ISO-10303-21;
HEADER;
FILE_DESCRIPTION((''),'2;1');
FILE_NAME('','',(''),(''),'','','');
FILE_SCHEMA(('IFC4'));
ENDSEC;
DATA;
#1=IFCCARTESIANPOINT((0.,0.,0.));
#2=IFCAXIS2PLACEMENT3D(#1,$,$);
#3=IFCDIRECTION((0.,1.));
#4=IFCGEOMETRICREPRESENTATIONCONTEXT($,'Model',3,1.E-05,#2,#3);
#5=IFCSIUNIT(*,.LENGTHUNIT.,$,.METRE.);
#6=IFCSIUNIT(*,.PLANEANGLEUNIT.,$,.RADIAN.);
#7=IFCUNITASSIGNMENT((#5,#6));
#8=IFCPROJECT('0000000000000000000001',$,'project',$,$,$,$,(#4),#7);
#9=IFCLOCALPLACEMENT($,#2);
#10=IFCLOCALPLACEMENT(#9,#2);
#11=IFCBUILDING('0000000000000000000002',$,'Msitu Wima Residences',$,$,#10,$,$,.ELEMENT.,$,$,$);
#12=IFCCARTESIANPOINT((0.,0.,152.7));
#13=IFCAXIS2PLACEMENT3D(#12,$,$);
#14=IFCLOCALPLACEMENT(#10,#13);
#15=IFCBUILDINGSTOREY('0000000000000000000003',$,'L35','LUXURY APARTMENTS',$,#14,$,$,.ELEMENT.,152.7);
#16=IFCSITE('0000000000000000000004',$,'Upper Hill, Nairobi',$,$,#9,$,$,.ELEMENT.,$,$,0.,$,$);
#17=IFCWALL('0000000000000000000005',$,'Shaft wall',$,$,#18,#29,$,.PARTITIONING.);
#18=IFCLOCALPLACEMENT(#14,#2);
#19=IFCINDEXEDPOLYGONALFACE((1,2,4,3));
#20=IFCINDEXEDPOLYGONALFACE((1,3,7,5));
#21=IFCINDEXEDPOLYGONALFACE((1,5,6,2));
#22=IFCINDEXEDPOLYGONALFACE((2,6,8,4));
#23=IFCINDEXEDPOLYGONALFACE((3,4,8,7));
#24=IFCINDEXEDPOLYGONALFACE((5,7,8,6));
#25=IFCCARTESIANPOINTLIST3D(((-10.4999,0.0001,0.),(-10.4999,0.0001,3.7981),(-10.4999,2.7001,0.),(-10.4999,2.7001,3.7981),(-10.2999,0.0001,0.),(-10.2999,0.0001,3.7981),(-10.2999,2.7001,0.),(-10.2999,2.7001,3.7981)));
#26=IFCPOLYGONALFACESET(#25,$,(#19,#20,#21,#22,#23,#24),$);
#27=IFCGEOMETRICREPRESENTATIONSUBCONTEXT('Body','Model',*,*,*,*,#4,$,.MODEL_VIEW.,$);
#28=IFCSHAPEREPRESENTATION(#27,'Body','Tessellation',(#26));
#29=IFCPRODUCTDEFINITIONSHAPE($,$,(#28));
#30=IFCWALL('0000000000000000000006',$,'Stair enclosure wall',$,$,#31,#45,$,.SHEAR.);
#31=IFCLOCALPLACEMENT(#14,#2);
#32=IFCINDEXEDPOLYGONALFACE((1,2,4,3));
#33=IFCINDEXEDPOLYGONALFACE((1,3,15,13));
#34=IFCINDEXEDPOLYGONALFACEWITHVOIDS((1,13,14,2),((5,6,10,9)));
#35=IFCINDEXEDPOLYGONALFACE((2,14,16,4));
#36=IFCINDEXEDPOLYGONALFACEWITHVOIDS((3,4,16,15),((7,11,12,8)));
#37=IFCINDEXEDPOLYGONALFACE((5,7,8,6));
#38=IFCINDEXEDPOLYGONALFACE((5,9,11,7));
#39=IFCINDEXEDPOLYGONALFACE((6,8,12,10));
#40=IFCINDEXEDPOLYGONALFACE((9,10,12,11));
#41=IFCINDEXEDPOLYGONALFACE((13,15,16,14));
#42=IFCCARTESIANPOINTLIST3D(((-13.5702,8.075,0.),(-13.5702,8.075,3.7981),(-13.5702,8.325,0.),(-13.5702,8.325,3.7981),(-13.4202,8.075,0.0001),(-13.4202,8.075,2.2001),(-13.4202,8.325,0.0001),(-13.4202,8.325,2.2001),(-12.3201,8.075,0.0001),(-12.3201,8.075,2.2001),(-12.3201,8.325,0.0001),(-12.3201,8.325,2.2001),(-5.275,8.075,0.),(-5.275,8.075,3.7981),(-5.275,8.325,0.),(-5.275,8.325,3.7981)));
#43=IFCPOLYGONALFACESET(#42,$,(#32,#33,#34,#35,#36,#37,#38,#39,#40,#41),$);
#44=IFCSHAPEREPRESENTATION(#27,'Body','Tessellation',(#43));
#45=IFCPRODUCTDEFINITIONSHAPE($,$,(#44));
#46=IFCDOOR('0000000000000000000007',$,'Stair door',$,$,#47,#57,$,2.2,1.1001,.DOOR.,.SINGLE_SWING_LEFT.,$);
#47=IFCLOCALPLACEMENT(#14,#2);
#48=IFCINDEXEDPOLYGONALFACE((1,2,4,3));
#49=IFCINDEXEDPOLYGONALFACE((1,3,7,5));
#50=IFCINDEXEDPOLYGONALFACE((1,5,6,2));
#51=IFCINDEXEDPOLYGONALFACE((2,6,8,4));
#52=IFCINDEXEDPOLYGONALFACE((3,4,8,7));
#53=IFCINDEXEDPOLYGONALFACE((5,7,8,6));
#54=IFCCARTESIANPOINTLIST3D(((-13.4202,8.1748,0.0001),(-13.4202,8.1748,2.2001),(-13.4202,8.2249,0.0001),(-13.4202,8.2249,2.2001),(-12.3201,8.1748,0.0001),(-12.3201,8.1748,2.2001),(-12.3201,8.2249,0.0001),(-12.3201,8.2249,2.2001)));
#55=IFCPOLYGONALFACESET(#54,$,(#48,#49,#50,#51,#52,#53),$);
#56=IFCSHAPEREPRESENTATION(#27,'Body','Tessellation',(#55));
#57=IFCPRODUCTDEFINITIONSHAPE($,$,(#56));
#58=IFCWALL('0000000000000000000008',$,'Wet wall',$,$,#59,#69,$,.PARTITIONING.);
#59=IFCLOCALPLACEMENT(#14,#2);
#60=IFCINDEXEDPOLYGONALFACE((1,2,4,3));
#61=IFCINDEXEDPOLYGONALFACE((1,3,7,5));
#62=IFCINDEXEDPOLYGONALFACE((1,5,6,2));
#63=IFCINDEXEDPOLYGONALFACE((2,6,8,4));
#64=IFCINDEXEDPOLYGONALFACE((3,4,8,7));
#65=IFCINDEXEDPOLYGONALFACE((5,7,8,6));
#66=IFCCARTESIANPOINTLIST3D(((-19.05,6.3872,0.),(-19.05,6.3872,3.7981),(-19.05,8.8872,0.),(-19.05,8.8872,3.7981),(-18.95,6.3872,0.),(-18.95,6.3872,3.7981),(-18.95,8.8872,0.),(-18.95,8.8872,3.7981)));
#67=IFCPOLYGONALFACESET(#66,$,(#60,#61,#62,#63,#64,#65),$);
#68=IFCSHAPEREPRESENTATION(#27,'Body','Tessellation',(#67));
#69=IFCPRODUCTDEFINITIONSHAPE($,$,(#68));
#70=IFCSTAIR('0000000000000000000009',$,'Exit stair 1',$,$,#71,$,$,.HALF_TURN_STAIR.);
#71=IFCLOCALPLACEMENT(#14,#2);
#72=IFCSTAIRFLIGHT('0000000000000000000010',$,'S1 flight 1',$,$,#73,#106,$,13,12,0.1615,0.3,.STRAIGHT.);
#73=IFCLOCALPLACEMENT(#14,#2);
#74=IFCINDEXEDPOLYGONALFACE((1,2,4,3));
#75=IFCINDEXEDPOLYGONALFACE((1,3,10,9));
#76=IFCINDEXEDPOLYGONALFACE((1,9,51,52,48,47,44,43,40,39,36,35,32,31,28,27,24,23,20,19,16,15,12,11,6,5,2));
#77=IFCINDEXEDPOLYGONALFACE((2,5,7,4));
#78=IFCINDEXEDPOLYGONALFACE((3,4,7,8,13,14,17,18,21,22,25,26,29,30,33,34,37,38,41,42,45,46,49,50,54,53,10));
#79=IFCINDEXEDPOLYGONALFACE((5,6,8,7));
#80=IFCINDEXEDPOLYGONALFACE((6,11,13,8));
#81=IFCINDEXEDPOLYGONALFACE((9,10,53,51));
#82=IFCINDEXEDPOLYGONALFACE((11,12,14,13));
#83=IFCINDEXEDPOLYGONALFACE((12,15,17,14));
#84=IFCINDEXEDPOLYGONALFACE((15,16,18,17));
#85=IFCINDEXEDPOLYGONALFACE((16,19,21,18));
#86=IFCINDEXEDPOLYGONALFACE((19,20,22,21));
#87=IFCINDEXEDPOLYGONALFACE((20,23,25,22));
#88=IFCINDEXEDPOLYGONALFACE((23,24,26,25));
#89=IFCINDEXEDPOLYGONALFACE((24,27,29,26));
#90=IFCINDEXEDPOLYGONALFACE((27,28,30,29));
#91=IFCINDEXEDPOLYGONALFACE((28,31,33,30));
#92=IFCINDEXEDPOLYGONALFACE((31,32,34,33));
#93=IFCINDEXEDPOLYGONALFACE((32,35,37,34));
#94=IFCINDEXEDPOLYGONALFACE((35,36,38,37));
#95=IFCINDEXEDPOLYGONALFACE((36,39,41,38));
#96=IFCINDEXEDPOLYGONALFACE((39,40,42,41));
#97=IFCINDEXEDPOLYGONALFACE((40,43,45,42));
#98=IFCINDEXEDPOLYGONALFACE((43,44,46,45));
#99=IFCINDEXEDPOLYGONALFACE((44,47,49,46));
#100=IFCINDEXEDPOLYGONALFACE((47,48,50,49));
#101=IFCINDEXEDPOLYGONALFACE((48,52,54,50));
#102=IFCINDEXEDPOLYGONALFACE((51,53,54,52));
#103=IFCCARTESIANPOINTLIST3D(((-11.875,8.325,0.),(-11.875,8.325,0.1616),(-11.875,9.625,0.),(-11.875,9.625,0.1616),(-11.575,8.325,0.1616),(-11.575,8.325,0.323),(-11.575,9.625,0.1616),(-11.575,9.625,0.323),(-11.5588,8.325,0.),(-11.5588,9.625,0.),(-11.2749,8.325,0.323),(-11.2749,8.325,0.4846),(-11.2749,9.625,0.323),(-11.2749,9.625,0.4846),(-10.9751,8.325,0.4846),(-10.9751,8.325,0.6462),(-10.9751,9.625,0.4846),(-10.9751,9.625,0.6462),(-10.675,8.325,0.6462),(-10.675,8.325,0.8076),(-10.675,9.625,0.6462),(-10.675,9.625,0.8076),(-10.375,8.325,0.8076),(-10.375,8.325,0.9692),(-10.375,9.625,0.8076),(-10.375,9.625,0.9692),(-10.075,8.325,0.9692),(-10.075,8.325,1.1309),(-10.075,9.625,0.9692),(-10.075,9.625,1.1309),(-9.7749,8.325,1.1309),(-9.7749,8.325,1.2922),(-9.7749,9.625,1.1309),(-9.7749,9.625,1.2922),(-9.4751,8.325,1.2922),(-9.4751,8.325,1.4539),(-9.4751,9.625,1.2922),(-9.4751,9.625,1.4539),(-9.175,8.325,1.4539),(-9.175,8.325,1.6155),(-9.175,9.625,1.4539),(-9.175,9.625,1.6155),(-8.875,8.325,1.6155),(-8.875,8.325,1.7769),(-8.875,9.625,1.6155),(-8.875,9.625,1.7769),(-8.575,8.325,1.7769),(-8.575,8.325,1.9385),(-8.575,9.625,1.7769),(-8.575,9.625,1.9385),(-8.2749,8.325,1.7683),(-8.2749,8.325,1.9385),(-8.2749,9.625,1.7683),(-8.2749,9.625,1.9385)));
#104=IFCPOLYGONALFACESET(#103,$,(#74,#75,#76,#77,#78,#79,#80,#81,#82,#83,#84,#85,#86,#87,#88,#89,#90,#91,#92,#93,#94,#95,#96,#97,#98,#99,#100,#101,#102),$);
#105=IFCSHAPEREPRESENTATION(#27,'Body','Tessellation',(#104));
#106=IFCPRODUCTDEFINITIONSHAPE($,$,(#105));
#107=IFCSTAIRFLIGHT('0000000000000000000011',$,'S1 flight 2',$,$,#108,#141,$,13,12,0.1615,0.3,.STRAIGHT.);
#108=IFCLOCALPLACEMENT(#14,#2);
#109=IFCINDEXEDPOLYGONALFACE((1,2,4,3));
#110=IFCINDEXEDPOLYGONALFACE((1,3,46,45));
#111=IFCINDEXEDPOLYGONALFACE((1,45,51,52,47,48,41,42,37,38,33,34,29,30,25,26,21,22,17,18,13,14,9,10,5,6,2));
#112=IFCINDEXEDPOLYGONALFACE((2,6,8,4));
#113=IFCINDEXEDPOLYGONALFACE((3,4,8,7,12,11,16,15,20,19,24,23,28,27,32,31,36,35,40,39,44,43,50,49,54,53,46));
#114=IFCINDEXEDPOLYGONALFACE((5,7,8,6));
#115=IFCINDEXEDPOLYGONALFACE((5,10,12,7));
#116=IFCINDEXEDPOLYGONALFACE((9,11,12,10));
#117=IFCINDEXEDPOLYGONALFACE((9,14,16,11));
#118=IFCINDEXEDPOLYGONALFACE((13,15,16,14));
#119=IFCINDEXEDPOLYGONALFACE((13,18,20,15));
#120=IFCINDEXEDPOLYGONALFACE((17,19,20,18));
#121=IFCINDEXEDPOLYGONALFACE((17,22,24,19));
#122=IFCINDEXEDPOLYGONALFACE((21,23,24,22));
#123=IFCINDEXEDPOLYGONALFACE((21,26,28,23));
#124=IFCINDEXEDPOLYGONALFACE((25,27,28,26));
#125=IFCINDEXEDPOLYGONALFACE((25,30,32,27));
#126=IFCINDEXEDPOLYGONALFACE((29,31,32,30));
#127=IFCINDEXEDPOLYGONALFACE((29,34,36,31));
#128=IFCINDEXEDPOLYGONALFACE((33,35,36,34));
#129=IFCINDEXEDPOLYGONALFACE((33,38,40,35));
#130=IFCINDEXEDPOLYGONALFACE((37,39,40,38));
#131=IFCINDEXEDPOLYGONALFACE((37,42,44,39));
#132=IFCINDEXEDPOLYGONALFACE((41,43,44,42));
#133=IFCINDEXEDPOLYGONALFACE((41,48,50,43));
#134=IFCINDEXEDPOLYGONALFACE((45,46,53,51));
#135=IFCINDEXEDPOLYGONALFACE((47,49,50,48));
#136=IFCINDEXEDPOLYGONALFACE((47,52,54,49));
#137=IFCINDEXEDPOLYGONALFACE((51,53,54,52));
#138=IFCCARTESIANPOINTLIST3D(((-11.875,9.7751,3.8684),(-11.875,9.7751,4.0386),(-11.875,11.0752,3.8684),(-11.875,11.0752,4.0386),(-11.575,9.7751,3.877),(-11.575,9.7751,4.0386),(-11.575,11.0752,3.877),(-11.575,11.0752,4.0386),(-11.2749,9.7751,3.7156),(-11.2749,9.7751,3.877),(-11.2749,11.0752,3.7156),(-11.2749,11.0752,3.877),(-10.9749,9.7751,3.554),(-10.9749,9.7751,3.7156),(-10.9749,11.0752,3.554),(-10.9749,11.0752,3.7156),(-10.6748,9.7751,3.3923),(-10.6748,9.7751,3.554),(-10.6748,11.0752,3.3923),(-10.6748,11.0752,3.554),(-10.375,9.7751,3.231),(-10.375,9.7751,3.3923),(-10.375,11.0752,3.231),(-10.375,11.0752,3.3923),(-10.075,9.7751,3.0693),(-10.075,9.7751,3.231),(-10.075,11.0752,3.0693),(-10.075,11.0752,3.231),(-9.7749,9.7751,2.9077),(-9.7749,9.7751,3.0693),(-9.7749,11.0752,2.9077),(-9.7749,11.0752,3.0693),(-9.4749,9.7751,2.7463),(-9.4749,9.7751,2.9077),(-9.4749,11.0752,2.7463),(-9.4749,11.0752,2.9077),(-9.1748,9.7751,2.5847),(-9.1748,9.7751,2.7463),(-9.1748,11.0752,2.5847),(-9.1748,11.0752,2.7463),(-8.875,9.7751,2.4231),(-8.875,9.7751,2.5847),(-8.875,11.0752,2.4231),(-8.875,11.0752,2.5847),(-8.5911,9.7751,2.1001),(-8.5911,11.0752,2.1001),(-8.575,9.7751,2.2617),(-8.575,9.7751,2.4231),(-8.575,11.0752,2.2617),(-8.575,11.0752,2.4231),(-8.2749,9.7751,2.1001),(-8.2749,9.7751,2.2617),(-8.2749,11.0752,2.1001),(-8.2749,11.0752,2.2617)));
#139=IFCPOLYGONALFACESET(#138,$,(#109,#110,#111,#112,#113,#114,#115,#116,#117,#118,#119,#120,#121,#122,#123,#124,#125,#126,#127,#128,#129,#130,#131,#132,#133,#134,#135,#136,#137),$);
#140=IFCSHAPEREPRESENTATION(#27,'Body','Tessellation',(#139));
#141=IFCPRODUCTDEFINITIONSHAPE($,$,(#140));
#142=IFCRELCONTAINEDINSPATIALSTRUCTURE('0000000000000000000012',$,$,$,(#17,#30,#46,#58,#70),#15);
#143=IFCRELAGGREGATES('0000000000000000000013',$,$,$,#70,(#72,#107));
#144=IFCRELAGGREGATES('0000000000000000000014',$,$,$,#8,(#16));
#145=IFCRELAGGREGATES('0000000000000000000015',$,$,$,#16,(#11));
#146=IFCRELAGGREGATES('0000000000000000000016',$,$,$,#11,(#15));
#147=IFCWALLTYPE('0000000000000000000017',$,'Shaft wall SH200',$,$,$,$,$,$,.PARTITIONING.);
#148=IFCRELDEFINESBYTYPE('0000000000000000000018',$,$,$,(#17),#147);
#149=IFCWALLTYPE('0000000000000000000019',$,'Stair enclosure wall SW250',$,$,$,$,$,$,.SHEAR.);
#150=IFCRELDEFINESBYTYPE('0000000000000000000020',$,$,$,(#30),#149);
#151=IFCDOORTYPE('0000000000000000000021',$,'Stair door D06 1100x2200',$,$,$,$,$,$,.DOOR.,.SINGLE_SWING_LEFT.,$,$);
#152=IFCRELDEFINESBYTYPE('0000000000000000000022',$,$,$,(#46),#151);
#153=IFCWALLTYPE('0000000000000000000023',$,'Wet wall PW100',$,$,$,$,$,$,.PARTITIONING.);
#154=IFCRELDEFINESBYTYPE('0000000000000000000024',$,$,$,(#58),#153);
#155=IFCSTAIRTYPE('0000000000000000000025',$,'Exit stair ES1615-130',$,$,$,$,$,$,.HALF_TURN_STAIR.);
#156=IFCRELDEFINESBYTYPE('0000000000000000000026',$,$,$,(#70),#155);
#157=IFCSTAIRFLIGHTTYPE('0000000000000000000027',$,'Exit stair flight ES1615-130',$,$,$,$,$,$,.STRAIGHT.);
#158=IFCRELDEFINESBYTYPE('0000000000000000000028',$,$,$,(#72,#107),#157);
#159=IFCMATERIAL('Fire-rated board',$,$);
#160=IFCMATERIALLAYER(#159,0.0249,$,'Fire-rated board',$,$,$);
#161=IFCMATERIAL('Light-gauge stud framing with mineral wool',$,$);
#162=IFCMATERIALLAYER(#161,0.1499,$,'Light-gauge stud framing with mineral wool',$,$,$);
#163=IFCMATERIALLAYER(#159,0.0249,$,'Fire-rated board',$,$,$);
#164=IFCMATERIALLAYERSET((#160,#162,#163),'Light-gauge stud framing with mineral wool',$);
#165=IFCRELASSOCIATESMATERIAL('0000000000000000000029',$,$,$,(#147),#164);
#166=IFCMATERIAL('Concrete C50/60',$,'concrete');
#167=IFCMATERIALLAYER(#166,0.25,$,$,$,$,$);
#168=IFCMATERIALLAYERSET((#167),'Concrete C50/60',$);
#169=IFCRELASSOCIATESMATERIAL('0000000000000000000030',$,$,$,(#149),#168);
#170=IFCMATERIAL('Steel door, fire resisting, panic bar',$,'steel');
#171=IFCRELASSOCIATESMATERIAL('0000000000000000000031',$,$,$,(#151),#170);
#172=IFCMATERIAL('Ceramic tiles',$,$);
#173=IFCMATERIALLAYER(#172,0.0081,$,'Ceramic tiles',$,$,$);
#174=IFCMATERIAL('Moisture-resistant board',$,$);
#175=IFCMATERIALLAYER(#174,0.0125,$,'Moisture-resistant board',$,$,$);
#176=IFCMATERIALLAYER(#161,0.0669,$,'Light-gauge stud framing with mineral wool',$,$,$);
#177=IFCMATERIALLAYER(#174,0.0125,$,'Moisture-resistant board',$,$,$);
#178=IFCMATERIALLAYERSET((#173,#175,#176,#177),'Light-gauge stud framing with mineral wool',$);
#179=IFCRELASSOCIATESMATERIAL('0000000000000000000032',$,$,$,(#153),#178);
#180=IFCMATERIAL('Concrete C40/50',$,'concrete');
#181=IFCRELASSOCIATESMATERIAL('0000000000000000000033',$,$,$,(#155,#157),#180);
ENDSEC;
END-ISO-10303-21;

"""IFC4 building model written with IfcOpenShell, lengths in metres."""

from ifc_helpers import new_model, si_unit, direction, frame, frame_2d, origin, place, context, subcontext, project, spatial, polyline, rectangle, outline, extrude, material, layer, layer_set, type_object, element, fill, aggregate, save


model = new_model("IFC4")

# Units and contexts
model_context = context("Model", 3, precision=1e-05, world=origin(), true_north=direction((0.0, 1.0)))
body_context = subcontext(model_context, "Body", "Model", "MODEL_VIEW")
ifc_project = project(units=[si_unit("LENGTHUNIT", "METRE"), si_unit("PLANEANGLEUNIT", "RADIAN")], contexts=[model_context])

# Site, building, storey
site_placement = place(None, origin())
site = spatial("IfcSite", under=ifc_project, at=site_placement, Name="Upper Hill, Nairobi", CompositionType="ELEMENT", RefElevation=0.0)
building_placement = place(site_placement, origin())
building = spatial("IfcBuilding", under=site, at=building_placement, Name="Msitu Wima Residences", CompositionType="ELEMENT")
storey_placement = place(building_placement, frame((0.0, 0.0, 152.7)))
storey = spatial("IfcBuildingStorey", under=building, at=storey_placement, Name="L35", Description="LUXURY APARTMENTS", CompositionType="ELEMENT", Elevation=152.7)

# Shared definitions
ifc_material_1 = material(Name="Fire-rated board")
ifc_layer_1 = layer(ifc_material_1, 0.0249, Name="Fire-rated board")
ifc_material_2 = material(Name="Light-gauge stud framing with mineral wool")
ifc_layer_2 = layer(ifc_material_2, 0.1499, Name="Light-gauge stud framing with mineral wool")
ifc_layer_3 = layer(ifc_material_1, 0.0249, Name="Fire-rated board")
ifc_layer_set_1 = layer_set([ifc_layer_1, ifc_layer_2, ifc_layer_3], Name="Light-gauge stud framing with mineral wool")
wall_type_1 = type_object("IfcWallType", Name="Shaft wall SH200", PredefinedType="PARTITIONING", material=ifc_layer_set_1)

# Wall
wall_1_placement = place(storey_placement, frame((-10.3999, 0.0, 0.0), z_axis=(0.0, 0.0, 1.0), x_axis=(0.0, 1.0, 0.0)))
element("IfcWall", 1, at=wall_1_placement, inside=storey, type_object=wall_type_1, Name="Shaft wall", PredefinedType="PARTITIONING", context=body_context, shape_type="SweptSolid", body=[
    extrude(rectangle(XDim=2.7, YDim=0.2, at=frame_2d((1.3501, 0.0))), origin(), (0.0, 0.0, 1.0), 3.7981),
])

# Wall, opening, door
ifc_material_3 = material(Name="Concrete C50/60", Category="concrete")
ifc_layer_4 = layer(ifc_material_3, 0.25)
ifc_layer_set_2 = layer_set([ifc_layer_4], Name="Concrete C50/60")
wall_type_2 = type_object("IfcWallType", Name="Stair enclosure wall SW250", PredefinedType="SHEAR", material=ifc_layer_set_2)
wall_2_placement = place(storey_placement, frame((-13.5701, 8.2, 0.0), z_axis=(0.0, 0.0, 1.0), x_axis=(1.0, 0.0, 0.0)))
wall_2 = element("IfcWall", 2, at=wall_2_placement, inside=storey, type_object=wall_type_2, Name="Stair enclosure wall", PredefinedType="SHEAR", context=body_context, shape_type="SweptSolid", body=[
    extrude(rectangle(XDim=8.2952, YDim=0.25, at=frame_2d((4.1475, 0.0))), origin(), (0.0, 0.0, 1.0), 3.7981),
])
opening_1_placement = place(wall_2_placement, frame((0.1499, 0.0, 0.0)))
opening_1 = element("IfcOpeningElement", 3, at=opening_1_placement, cuts=wall_2, PredefinedType="OPENING", context=body_context, shape_type="SweptSolid", body=[
    extrude(rectangle(XDim=1.1001, YDim=2.2, at=frame_2d((0.55, 1.1001))), frame((0.0, 0.135, 0.0), z_axis=(0.0, -1.0, 0.0), x_axis=(1.0, 0.0, 0.0)), (0.0, 0.0, 1.0), 0.27),
])
ifc_material_4 = material(Name="Steel door, fire resisting, panic bar", Category="steel")
door_type_1 = type_object("IfcDoorType", Name="Stair door D06 1100x2200", OperationType="SINGLE_SWING_LEFT", PredefinedType="DOOR", material=ifc_material_4)
door_1_placement = place(opening_1_placement, origin())
door_1 = element("IfcDoor", 4, at=door_1_placement, inside=storey, type_object=door_type_1, Name="Stair door", OperationType="SINGLE_SWING_LEFT", OverallHeight=2.2, OverallWidth=1.1001, PredefinedType="DOOR", context=body_context, shape_type="SweptSolid", body=[
    extrude(rectangle(XDim=1.1001, YDim=2.2, at=frame_2d((0.55, 1.1001))), frame((0.0, 0.0249, 0.0), z_axis=(0.0, -1.0, 0.0), x_axis=(1.0, 0.0, 0.0)), (0.0, 0.0, 1.0), 0.05),
])
fill(opening_1, door_1)

# Wall
ifc_material_5 = material(Name="Ceramic tiles")
ifc_layer_5 = layer(ifc_material_5, 0.0081, Name="Ceramic tiles")
ifc_material_6 = material(Name="Moisture-resistant board")
ifc_layer_6 = layer(ifc_material_6, 0.0125, Name="Moisture-resistant board")
ifc_layer_7 = layer(ifc_material_2, 0.0669, Name="Light-gauge stud framing with mineral wool")
ifc_layer_8 = layer(ifc_material_6, 0.0125, Name="Moisture-resistant board")
ifc_layer_set_3 = layer_set([ifc_layer_5, ifc_layer_6, ifc_layer_7, ifc_layer_8], Name="Light-gauge stud framing with mineral wool")
wall_type_3 = type_object("IfcWallType", Name="Wet wall PW100", PredefinedType="PARTITIONING", material=ifc_layer_set_3)
wall_3_placement = place(storey_placement, frame((-19.0, 6.3872, 0.0), z_axis=(0.0, 0.0, 1.0), x_axis=(0.0, 1.0, 0.0)))
element("IfcWall", 5, at=wall_3_placement, inside=storey, type_object=wall_type_3, Name="Wet wall", PredefinedType="PARTITIONING", context=body_context, shape_type="SweptSolid", body=[
    extrude(rectangle(XDim=2.5, YDim=0.1001, at=frame_2d((1.25, 0.0))), origin(), (0.0, 0.0, 1.0), 3.7981),
])

# Stair, stair flights
ifc_material_7 = material(Name="Concrete C40/50", Category="concrete")
stair_type = type_object("IfcStairType", Name="Exit stair ES1615-130", PredefinedType="HALF_TURN_STAIR", material=ifc_material_7)
stair_placement = place(storey_placement, origin())
stair = element("IfcStair", 6, at=stair_placement, inside=storey, type_object=stair_type, Name="Exit stair 1", PredefinedType="HALF_TURN_STAIR")
stair_flight_type = type_object("IfcStairFlightType", Name="Exit stair flight ES1615-130", PredefinedType="STRAIGHT", material=ifc_material_7)
stair_flight_1_placement = place(storey_placement, frame((-11.875, 8.9751, 0.0), z_axis=(0.0, 0.0, 1.0), x_axis=(1.0, 0.0, 0.0)))
stair_flight_1 = element("IfcStairFlight", 7, at=stair_flight_1_placement, type_object=stair_flight_type, Name="S1 flight 1", NumberOfRisers=13, NumberOfTreads=12, PredefinedType="STRAIGHT", RiserHeight=0.1615, TreadLength=0.3, context=body_context, shape_type="SweptSolid", body=[
    extrude(outline(polyline([(0.0, 0.0), (0.0, 0.1616), (0.3, 0.1616), (0.3, 0.323), (0.6001, 0.323), (0.6001, 0.4846), (0.8999, 0.4846), (0.8999, 0.6462), (1.2, 0.6462), (1.2, 0.8076), (1.5, 0.8076), (1.5, 0.9692), (1.8, 0.9692), (1.8, 1.1309), (2.1001, 1.1309), (2.1001, 1.2922), (2.3999, 1.2922), (2.3999, 1.4539), (2.7, 1.4539), (2.7, 1.6155), (3.0, 1.6155), (3.0, 1.7769), (3.3, 1.7769), (3.3, 1.9385), (3.6001, 1.9385), (3.6001, 2.1001), (3.6001, 1.7683), (0.3162, 0.0), (0.0, 0.0)])), frame((0.0, 0.6499, 0.0), z_axis=(0.0, -1.0, 0.0), x_axis=(1.0, 0.0, 0.0)), (0.0, 0.0, 1.0), 1.3),
])
stair_flight_2_placement = place(storey_placement, frame((-8.2749, 10.425, 2.1001), z_axis=(0.0, 0.0, 1.0), x_axis=(-1.0, 0.0, 0.0)))
stair_flight_2 = element("IfcStairFlight", 8, at=stair_flight_2_placement, type_object=stair_flight_type, Name="S1 flight 2", NumberOfRisers=13, NumberOfTreads=12, PredefinedType="STRAIGHT", RiserHeight=0.1615, TreadLength=0.3, context=body_context, shape_type="SweptSolid", body=[
    extrude(outline(polyline([(0.0, 0.0), (0.0, 0.1616), (0.3, 0.1616), (0.3, 0.323), (0.6001, 0.323), (0.6001, 0.4846), (0.8999, 0.4846), (0.8999, 0.6462), (1.2, 0.6462), (1.2, 0.8076), (1.5, 0.8076), (1.5, 0.9692), (1.8, 0.9692), (1.8, 1.1309), (2.1001, 1.1309), (2.1001, 1.2922), (2.3999, 1.2922), (2.3999, 1.4539), (2.7, 1.4539), (2.7, 1.6155), (3.0, 1.6155), (3.0, 1.7769), (3.3, 1.7769), (3.3, 1.9385), (3.6001, 1.9385), (3.6001, 2.1001), (3.6001, 1.7683), (0.3162, 0.0), (0.0, 0.0)])), frame((0.0, 0.6499, 0.0), z_axis=(0.0, -1.0, 0.0), x_axis=(1.0, 0.0, 0.0)), (0.0, 0.0, 1.0), 1.3),
])
aggregate(stair, [stair_flight_1, stair_flight_2])

save(model, "model.ifc")
